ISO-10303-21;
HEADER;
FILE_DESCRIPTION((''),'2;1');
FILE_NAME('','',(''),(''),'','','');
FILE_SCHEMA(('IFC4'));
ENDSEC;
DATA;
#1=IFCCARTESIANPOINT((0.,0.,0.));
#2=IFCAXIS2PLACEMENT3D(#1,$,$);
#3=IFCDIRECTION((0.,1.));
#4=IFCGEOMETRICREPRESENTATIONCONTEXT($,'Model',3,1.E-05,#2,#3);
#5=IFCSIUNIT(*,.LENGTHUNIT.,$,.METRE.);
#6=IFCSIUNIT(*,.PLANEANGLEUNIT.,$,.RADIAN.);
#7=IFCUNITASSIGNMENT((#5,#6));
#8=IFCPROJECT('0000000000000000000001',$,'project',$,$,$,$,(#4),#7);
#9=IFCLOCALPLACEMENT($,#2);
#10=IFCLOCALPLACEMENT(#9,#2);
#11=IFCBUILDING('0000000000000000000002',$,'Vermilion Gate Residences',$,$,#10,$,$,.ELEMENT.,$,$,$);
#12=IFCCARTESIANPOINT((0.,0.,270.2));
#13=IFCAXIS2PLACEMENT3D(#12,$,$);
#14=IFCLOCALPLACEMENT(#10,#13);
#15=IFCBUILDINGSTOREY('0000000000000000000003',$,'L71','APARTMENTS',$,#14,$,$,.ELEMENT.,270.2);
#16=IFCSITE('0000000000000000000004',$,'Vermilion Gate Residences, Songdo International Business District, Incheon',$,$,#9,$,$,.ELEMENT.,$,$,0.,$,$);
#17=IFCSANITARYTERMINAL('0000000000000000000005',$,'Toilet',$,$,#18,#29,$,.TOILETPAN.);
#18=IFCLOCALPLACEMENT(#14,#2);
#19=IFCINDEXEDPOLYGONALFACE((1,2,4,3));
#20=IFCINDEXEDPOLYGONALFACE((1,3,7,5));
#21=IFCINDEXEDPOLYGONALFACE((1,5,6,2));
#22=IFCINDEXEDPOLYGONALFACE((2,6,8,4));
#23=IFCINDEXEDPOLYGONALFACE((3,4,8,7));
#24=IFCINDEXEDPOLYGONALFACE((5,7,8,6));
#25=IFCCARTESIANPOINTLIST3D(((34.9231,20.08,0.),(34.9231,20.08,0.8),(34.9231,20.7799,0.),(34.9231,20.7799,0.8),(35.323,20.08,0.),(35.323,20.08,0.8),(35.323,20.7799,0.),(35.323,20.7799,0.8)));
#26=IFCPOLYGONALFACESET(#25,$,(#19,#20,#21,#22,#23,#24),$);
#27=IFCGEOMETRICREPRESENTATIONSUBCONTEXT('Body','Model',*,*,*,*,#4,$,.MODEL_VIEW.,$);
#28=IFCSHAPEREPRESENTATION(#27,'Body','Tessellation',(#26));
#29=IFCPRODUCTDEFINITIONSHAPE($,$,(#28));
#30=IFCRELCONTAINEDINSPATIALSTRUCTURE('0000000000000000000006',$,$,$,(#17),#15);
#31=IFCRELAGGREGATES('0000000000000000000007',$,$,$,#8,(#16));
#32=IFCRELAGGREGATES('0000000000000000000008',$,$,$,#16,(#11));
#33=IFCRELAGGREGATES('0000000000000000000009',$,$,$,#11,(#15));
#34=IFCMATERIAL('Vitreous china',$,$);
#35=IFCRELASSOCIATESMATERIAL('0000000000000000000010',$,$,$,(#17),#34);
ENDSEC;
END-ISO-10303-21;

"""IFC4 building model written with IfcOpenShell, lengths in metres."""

from ifc_helpers import new_model, si_unit, direction, frame, origin, origin_2d, place, context, subcontext, project, spatial, rectangle, extrude, material, element, save


model = new_model("IFC4")

# Units and contexts
model_context = context("Model", 3, precision=1e-05, world=origin(), true_north=direction((0.0, 1.0)))
body_context = subcontext(model_context, "Body", "Model", "MODEL_VIEW")
ifc_project = project(units=[si_unit("LENGTHUNIT", "METRE"), si_unit("PLANEANGLEUNIT", "RADIAN")], contexts=[model_context])

# Site, building, storey
site_placement = place(None, origin())
site = spatial("IfcSite", under=ifc_project, at=site_placement, Name="Vermilion Gate Residences, Songdo International Business District, Incheon", CompositionType="ELEMENT", RefElevation=0.0)
building_placement = place(site_placement, origin())
building = spatial("IfcBuilding", under=site, at=building_placement, Name="Vermilion Gate Residences", CompositionType="ELEMENT")
storey_placement = place(building_placement, frame((0.0, 0.0, 270.2)))
storey = spatial("IfcBuildingStorey", under=building, at=storey_placement, Name="L71", Description="APARTMENTS", CompositionType="ELEMENT", Elevation=270.2)

# Sanitary terminal
ifc_material_1 = material(Name="Vitreous china")
sanitary_terminal_1_placement = place(storey_placement, frame((35.123, 20.4299, 0.0), z_axis=(0.0, 0.0, 1.0), x_axis=(1.0, 0.0, 0.0)))
element("IfcSanitaryTerminal", 1, at=sanitary_terminal_1_placement, inside=storey, material=ifc_material_1, Name="Toilet", PredefinedType="TOILETPAN", context=body_context, shape_type="SweptSolid", body=[
    extrude(rectangle(XDim=0.3999, YDim=0.7, at=origin_2d()), origin(), (0.0, 0.0, 1.0), 0.8),
])

save(model, "model.ifc")
